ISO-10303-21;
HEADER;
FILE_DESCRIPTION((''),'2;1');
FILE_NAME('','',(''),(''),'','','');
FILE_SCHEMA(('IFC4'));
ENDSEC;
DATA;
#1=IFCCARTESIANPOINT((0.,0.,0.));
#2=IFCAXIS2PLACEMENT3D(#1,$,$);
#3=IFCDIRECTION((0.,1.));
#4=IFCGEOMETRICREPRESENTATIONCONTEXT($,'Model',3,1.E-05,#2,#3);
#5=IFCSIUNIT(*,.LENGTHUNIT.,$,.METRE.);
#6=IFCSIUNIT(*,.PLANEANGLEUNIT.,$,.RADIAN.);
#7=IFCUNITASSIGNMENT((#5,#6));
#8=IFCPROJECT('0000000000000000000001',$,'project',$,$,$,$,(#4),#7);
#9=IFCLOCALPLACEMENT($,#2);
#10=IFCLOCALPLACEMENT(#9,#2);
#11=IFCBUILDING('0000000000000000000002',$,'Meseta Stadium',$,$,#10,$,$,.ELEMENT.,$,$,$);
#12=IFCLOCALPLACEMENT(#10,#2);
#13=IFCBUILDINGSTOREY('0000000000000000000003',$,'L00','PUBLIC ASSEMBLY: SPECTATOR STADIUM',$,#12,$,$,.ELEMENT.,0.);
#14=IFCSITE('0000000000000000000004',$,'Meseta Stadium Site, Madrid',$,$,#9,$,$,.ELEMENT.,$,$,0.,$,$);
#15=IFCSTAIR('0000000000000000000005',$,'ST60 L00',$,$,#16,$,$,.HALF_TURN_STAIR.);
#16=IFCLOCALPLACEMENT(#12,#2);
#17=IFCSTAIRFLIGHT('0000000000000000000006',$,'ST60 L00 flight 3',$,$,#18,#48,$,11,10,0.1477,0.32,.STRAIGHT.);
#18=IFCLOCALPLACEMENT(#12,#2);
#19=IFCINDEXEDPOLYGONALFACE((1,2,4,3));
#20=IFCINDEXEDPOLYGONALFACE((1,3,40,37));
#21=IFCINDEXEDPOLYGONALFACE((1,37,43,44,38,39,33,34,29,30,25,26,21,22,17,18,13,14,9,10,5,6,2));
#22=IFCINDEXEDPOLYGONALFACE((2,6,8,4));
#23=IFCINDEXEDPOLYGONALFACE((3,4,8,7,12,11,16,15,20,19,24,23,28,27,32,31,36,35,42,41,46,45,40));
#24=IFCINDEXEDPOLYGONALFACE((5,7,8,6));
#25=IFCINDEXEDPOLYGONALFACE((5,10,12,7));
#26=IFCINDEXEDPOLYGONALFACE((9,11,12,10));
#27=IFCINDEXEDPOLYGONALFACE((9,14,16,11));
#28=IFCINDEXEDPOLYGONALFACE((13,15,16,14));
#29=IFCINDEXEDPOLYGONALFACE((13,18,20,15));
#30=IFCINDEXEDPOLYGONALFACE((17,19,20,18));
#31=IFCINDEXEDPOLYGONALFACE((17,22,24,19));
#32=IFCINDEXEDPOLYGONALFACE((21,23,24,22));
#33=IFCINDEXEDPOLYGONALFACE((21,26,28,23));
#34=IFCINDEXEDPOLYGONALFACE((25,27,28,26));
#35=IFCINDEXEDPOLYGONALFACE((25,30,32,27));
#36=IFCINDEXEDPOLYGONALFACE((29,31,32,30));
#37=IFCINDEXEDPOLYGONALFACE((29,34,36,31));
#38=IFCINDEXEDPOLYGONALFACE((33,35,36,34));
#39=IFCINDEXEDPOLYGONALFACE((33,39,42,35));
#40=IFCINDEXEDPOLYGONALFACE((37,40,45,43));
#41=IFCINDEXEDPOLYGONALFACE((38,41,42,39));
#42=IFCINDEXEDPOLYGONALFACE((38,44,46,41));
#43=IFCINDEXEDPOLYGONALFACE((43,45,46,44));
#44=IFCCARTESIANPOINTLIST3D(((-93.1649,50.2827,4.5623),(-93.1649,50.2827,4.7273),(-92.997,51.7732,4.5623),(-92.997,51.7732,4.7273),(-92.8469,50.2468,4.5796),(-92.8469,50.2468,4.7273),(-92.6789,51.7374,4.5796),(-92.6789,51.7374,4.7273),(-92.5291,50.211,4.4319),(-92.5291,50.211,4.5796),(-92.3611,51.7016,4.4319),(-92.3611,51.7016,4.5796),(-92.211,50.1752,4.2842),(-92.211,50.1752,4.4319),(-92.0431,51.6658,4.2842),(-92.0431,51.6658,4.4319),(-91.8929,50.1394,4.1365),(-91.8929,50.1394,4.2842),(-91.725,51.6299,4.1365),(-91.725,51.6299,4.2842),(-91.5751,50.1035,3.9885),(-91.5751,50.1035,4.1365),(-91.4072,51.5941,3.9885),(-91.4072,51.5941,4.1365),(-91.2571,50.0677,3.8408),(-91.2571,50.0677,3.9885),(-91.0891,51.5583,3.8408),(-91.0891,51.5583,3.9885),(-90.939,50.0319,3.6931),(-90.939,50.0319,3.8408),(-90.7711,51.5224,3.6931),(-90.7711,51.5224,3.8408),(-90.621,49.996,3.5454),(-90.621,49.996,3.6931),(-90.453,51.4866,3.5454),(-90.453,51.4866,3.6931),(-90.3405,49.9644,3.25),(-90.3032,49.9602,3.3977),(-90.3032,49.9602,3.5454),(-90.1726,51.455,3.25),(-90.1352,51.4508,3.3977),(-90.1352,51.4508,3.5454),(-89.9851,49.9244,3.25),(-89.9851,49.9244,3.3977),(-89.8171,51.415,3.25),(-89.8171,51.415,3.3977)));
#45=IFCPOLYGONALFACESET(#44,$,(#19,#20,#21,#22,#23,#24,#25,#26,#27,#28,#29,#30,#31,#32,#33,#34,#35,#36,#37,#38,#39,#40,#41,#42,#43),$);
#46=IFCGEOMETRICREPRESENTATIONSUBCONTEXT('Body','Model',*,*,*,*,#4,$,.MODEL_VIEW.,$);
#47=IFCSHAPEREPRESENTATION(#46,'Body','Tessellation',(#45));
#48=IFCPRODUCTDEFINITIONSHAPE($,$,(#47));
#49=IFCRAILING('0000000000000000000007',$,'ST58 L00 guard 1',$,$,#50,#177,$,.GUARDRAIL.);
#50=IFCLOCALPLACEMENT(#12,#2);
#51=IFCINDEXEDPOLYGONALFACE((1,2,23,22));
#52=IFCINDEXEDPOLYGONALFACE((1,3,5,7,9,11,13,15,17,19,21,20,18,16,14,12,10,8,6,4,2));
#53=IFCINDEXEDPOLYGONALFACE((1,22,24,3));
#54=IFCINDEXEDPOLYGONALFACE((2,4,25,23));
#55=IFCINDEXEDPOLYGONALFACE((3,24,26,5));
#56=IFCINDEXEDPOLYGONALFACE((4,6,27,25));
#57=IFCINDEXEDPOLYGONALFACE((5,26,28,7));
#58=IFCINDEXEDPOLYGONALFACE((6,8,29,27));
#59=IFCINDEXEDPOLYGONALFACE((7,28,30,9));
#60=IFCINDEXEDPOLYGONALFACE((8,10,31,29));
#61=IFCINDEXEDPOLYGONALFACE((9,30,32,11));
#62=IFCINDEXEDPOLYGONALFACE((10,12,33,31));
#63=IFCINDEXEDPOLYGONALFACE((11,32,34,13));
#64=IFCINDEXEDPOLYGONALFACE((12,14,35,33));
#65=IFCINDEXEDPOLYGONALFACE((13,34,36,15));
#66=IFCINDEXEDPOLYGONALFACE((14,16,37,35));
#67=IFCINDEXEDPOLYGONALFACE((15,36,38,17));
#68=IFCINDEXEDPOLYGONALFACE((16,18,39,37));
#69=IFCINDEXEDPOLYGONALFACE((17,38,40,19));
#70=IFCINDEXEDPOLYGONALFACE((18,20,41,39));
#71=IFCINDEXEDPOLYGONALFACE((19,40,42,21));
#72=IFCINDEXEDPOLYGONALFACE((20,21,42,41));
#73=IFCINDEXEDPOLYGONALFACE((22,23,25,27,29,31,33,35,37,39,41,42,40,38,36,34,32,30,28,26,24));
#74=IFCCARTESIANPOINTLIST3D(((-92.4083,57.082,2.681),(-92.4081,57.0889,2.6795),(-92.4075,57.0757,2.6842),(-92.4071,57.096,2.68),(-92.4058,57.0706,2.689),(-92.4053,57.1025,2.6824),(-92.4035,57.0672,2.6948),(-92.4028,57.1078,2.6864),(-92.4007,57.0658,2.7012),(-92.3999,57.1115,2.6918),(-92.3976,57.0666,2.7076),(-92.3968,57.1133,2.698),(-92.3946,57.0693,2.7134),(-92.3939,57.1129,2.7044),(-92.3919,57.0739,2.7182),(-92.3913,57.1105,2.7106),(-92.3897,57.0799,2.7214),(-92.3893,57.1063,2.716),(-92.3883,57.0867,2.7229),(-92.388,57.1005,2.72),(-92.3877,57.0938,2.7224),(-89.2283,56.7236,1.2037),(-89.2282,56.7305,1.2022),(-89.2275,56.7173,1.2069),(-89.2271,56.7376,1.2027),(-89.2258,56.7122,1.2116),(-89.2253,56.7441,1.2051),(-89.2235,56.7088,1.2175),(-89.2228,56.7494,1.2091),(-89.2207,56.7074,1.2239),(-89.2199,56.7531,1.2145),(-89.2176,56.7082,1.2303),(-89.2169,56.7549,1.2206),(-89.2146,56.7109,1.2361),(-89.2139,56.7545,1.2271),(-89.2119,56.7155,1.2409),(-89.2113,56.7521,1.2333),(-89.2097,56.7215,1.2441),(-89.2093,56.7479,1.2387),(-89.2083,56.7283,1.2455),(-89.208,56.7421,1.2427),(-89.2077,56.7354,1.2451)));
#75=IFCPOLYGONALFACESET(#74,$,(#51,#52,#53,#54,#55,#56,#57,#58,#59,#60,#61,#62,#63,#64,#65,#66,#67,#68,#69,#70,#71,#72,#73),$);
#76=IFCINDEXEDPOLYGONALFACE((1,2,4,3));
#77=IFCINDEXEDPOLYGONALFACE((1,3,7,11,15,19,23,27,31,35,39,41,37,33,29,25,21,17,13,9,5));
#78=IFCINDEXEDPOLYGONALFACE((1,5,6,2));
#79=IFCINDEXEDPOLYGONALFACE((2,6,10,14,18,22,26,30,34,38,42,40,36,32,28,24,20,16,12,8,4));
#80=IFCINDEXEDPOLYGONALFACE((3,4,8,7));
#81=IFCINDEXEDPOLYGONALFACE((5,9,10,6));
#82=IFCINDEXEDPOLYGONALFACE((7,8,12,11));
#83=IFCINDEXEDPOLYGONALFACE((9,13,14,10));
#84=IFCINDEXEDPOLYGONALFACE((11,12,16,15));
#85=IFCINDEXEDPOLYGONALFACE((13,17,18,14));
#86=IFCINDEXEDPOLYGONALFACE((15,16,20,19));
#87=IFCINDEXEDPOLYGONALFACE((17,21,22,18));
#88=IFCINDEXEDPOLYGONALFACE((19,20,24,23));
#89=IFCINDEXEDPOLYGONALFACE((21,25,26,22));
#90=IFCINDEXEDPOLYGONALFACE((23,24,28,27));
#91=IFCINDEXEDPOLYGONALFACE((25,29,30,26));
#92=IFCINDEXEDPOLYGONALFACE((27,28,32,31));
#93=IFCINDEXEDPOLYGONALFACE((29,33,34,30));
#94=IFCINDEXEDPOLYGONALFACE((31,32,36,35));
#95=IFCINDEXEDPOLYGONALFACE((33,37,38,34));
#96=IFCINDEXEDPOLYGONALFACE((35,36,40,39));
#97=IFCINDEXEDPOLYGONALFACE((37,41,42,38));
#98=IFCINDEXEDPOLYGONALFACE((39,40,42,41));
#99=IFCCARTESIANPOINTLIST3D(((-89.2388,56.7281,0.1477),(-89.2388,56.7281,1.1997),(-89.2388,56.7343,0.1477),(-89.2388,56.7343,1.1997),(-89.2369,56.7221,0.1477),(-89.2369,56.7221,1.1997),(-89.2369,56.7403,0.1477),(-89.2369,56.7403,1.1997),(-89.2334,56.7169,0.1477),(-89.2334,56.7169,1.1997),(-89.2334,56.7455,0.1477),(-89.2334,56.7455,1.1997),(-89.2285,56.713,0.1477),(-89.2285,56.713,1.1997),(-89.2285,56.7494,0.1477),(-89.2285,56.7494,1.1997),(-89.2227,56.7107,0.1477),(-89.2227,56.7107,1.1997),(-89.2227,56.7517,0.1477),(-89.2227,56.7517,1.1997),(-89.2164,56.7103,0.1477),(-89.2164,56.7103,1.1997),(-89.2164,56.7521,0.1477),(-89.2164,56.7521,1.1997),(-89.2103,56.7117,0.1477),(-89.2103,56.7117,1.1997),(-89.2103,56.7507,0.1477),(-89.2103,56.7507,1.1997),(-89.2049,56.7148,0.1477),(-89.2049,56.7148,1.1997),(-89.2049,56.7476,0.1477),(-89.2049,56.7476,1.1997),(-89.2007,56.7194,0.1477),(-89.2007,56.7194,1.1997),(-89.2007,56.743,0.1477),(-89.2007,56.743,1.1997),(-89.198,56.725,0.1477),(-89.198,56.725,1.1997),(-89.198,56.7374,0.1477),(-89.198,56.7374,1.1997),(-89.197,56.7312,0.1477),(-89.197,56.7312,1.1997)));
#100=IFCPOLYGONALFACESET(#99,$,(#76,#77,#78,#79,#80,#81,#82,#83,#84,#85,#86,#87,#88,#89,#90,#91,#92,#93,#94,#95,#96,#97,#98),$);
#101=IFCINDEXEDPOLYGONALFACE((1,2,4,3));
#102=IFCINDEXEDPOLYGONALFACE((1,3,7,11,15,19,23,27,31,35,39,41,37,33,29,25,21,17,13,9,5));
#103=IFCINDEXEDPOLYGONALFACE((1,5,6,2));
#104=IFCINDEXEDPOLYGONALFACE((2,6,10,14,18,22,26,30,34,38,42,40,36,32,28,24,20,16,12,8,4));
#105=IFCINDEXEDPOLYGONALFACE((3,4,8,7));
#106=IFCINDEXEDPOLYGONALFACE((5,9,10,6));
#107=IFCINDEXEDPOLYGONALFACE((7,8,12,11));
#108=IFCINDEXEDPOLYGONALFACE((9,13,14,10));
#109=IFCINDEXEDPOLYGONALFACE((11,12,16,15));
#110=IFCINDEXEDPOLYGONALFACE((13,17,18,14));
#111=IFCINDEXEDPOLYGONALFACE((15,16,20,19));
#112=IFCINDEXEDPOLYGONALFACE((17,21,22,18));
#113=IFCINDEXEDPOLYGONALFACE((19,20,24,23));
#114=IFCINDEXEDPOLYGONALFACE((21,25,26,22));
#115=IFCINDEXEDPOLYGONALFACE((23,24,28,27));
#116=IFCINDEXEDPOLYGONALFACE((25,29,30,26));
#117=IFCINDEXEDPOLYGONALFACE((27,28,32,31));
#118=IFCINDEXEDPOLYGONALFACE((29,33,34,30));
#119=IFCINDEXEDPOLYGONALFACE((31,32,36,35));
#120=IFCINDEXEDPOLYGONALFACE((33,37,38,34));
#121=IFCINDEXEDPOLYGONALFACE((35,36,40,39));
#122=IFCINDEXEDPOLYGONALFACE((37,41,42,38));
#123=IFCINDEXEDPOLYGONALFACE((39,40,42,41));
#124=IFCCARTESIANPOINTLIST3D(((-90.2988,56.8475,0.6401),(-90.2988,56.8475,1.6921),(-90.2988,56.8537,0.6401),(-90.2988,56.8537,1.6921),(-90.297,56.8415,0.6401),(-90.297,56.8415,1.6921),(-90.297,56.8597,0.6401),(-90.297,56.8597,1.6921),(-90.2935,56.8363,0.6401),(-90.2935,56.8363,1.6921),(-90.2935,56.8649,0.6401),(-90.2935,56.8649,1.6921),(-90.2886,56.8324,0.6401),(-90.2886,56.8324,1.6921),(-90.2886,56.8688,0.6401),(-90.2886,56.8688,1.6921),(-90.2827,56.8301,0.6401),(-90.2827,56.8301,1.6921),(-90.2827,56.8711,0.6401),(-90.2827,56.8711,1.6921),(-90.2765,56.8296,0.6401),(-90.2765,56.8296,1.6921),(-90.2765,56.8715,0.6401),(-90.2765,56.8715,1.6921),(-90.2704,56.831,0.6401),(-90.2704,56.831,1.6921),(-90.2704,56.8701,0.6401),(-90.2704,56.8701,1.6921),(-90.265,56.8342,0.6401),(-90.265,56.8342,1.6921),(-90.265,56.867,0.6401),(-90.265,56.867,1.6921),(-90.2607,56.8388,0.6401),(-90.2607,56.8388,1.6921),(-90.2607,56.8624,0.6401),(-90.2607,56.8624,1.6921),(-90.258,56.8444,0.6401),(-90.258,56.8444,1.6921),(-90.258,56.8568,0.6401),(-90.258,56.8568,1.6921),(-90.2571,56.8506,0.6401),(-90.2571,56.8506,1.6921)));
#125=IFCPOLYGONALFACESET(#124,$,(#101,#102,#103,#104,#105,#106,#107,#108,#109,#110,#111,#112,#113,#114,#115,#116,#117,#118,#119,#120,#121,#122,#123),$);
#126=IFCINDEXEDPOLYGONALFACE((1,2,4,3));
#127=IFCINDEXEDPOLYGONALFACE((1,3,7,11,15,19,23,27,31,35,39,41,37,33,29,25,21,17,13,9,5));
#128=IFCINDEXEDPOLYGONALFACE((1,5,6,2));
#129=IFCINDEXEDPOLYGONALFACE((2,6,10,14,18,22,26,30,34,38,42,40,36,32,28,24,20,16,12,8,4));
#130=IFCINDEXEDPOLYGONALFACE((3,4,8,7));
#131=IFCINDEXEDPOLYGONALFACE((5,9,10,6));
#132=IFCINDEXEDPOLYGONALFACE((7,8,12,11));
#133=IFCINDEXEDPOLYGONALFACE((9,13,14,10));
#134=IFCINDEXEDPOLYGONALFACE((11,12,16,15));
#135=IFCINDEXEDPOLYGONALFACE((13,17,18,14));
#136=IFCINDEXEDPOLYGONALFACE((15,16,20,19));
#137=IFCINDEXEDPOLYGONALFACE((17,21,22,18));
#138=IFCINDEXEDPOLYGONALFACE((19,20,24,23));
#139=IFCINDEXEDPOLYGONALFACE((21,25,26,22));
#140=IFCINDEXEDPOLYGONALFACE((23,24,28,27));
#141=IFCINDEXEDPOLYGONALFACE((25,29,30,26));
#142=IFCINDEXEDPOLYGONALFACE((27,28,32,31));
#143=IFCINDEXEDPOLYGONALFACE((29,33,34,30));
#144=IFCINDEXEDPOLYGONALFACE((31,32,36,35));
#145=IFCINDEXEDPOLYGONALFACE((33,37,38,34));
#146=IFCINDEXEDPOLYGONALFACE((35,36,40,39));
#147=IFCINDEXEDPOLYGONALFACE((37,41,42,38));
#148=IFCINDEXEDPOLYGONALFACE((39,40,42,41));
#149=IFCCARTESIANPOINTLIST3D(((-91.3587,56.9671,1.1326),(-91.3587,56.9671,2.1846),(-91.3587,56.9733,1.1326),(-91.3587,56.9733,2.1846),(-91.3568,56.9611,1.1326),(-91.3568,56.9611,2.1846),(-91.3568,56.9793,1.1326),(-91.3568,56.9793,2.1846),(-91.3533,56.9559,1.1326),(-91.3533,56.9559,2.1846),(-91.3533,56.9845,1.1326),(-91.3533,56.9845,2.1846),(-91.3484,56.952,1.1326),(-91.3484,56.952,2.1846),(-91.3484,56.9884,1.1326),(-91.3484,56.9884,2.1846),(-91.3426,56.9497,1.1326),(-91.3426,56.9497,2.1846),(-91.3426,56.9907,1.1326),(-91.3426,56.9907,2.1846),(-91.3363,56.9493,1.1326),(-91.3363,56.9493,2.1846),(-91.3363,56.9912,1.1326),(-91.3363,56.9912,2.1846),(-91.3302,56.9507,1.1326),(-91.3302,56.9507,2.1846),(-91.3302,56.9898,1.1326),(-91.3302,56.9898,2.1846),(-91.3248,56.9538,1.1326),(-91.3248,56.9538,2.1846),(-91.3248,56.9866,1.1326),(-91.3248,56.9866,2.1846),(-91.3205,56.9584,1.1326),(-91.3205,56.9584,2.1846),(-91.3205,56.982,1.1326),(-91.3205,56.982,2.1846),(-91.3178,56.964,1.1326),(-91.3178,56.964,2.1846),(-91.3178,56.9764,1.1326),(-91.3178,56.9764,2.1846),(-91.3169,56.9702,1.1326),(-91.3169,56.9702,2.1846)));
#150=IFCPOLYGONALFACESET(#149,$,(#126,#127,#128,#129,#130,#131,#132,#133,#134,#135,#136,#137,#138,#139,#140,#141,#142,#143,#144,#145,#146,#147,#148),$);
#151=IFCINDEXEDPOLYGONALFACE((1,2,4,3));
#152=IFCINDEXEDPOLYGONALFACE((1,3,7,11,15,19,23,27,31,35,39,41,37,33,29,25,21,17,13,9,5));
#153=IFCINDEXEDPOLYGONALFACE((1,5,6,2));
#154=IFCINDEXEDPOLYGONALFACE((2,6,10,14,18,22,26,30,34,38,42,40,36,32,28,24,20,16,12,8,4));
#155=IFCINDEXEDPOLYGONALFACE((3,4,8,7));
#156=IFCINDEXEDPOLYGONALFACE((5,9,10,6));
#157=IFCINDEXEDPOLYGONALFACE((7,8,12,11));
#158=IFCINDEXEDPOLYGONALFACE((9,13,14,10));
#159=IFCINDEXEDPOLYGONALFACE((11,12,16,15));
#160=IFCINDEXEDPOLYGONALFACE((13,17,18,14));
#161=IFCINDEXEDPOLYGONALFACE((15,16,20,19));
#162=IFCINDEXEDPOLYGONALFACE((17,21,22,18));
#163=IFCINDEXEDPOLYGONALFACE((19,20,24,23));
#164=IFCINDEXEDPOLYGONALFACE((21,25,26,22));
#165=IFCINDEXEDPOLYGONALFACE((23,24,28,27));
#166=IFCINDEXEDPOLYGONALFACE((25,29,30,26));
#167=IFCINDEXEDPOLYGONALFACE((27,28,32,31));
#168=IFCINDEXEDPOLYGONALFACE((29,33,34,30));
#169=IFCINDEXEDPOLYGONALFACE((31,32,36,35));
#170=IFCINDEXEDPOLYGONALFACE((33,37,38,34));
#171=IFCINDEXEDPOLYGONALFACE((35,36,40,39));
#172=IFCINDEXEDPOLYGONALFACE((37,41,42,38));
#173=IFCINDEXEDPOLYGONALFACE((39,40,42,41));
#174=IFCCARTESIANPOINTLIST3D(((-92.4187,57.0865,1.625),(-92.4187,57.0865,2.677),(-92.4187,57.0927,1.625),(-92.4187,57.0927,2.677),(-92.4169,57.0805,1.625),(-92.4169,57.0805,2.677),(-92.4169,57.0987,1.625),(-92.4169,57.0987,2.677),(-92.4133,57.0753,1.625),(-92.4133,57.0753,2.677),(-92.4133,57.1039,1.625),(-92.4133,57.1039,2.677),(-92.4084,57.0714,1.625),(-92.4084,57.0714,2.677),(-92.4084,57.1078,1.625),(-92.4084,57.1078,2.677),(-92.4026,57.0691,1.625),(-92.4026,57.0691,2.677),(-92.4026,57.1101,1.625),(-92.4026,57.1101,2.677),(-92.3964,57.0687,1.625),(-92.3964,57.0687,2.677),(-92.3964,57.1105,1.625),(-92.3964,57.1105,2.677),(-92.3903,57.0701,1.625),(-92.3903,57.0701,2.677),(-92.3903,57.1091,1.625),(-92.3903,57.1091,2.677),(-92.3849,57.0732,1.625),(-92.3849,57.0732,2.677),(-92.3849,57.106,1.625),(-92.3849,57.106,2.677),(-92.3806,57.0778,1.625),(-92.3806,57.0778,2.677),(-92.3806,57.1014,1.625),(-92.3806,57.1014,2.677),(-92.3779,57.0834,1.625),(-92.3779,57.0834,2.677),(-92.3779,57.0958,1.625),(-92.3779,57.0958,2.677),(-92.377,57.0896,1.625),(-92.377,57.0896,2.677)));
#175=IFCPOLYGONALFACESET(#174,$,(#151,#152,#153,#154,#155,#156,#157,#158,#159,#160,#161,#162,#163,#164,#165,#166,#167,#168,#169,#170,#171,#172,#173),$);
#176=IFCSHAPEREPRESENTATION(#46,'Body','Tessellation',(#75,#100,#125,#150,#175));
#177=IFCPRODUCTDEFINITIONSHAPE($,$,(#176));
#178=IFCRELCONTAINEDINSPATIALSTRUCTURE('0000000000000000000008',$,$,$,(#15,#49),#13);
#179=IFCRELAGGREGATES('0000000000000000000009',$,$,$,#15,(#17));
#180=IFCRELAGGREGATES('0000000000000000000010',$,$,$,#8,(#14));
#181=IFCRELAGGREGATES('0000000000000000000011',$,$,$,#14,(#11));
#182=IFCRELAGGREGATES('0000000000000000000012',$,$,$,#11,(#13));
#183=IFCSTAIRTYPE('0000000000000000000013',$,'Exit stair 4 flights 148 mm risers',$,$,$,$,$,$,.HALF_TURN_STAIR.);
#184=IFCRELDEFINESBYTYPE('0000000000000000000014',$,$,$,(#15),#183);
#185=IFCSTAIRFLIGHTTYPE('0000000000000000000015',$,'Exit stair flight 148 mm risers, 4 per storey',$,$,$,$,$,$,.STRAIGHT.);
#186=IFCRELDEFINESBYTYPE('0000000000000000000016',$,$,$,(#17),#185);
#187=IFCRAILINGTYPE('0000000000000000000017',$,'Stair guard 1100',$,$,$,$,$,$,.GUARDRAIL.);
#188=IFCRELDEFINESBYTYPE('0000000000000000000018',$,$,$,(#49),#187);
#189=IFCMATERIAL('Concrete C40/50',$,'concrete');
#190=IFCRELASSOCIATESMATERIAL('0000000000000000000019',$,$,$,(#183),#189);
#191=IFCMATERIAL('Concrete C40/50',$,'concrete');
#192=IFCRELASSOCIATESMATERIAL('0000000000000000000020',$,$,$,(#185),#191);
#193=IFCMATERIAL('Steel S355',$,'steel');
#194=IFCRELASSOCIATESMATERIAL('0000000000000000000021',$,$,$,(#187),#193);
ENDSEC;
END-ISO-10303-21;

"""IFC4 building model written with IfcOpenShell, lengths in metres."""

from ifc_helpers import new_model, si_unit, direction, frame, origin, origin_2d, place, context, subcontext, project, spatial, polyline, circle, outline, extrude, material, type_object, element, aggregate, save


model = new_model("IFC4")

# Units and contexts
model_context = context("Model", 3, precision=1e-05, world=origin(), true_north=direction((0.0, 1.0)))
body_context = subcontext(model_context, "Body", "Model", "MODEL_VIEW")
ifc_project = project(units=[si_unit("LENGTHUNIT", "METRE"), si_unit("PLANEANGLEUNIT", "RADIAN")], contexts=[model_context])

# Site, building, storey
site_placement = place(None, origin())
site = spatial("IfcSite", under=ifc_project, at=site_placement, Name="Meseta Stadium Site, Madrid", CompositionType="ELEMENT", RefElevation=0.0)
building_placement = place(site_placement, origin())
building = spatial("IfcBuilding", under=site, at=building_placement, Name="Meseta Stadium", CompositionType="ELEMENT")
storey_placement = place(building_placement, origin())
storey = spatial("IfcBuildingStorey", under=building, at=storey_placement, Name="L00", Description="PUBLIC ASSEMBLY: SPECTATOR STADIUM", CompositionType="ELEMENT", Elevation=0.0)

# Stair, stair flight
ifc_material_1 = material(Name="Concrete C40/50", Category="concrete")
stair_type = type_object("IfcStairType", Name="Exit stair 4 flights 148 mm risers", PredefinedType="HALF_TURN_STAIR", material=ifc_material_1)
ifc_material_2 = material(Name="Concrete C40/50", Category="concrete")
stair_flight_type = type_object("IfcStairFlightType", Name="Exit stair flight 148 mm risers, 4 per storey", PredefinedType="STRAIGHT", material=ifc_material_2)
stair_1_placement = place(storey_placement, origin())
stair_1 = element("IfcStair", 1, at=stair_1_placement, inside=storey, type_object=stair_type, Name="ST60 L00", PredefinedType="HALF_TURN_STAIR")
stair_flight_1_placement = place(storey_placement, frame((-89.9011, 50.6697, 3.25), z_axis=(0.0, 0.0, 1.0), x_axis=(-0.993712, 0.111964, 0.0)))
stair_flight_1 = element("IfcStairFlight", 2, at=stair_flight_1_placement, type_object=stair_flight_type, Name="ST60 L00 flight 3", NumberOfRisers=11, NumberOfTreads=10, PredefinedType="STRAIGHT", RiserHeight=0.1477, TreadLength=0.32, context=body_context, shape_type="SweptSolid", body=[
    extrude(outline(polyline([(0.0, 0.0), (0.0, 0.1477), (0.3201, 0.1477), (0.3201, 0.2954), (0.6399, 0.2954), (0.6399, 0.4431), (0.96, 0.4431), (0.96, 0.5908), (1.28, 0.5908), (1.28, 0.7385), (1.6001, 0.7385), (1.6001, 0.8865), (1.9199, 0.8865), (1.9199, 1.0342), (2.24, 1.0342), (2.24, 1.1819), (2.5601, 1.1819), (2.5601, 1.3296), (2.8799, 1.3296), (2.8799, 1.4773), (3.2, 1.4773), (3.2, 1.3123), (0.3577, 0.0), (0.0, 0.0)])), frame((0.0, 0.75, 0.0), z_axis=(0.0, -1.0, 0.0), x_axis=(1.0, 0.0, 0.0)), (0.0, 0.0, 1.0), 1.5),
])
aggregate(stair_1, [stair_flight_1])

# Railing
ifc_material_3 = material(Name="Steel S355", Category="steel")
railing_type_1 = type_object("IfcRailingType", Name="Stair guard 1100", PredefinedType="GUARDRAIL", material=ifc_material_3)
railing_1_placement = place(storey_placement, frame((-89.218, 56.7312, 0.1477)))
element("IfcRailing", 3, at=railing_1_placement, inside=storey, type_object=railing_type_1, Name="ST58 L00 guard 1", PredefinedType="GUARDRAIL", context=body_context, shape_type="SweptSolid", body=[
    extrude(circle(Radius=0.0239, at=origin_2d()), frame((0.0, 0.0, 1.0762), z_axis=(-0.90221, 0.101685, 0.419138), x_axis=(-0.111997, -0.993709, 0.0)), (0.0, 0.0, 1.0), 3.5247),
    extrude(circle(Radius=0.021, at=origin_2d()), origin(), (0.0, 0.0, 1.0), 1.052),
    extrude(circle(Radius=0.021, at=origin_2d()), frame((-1.0601, 0.1194, 0.4924)), (0.0, 0.0, 1.0), 1.052),
    extrude(circle(Radius=0.021, at=origin_2d()), frame((-2.1199, 0.239, 0.9849)), (0.0, 0.0, 1.0), 1.052),
    extrude(circle(Radius=0.021, at=origin_2d()), frame((-3.1799, 0.3584, 1.4773)), (0.0, 0.0, 1.0), 1.052),
])

save(model, "model.ifc")
